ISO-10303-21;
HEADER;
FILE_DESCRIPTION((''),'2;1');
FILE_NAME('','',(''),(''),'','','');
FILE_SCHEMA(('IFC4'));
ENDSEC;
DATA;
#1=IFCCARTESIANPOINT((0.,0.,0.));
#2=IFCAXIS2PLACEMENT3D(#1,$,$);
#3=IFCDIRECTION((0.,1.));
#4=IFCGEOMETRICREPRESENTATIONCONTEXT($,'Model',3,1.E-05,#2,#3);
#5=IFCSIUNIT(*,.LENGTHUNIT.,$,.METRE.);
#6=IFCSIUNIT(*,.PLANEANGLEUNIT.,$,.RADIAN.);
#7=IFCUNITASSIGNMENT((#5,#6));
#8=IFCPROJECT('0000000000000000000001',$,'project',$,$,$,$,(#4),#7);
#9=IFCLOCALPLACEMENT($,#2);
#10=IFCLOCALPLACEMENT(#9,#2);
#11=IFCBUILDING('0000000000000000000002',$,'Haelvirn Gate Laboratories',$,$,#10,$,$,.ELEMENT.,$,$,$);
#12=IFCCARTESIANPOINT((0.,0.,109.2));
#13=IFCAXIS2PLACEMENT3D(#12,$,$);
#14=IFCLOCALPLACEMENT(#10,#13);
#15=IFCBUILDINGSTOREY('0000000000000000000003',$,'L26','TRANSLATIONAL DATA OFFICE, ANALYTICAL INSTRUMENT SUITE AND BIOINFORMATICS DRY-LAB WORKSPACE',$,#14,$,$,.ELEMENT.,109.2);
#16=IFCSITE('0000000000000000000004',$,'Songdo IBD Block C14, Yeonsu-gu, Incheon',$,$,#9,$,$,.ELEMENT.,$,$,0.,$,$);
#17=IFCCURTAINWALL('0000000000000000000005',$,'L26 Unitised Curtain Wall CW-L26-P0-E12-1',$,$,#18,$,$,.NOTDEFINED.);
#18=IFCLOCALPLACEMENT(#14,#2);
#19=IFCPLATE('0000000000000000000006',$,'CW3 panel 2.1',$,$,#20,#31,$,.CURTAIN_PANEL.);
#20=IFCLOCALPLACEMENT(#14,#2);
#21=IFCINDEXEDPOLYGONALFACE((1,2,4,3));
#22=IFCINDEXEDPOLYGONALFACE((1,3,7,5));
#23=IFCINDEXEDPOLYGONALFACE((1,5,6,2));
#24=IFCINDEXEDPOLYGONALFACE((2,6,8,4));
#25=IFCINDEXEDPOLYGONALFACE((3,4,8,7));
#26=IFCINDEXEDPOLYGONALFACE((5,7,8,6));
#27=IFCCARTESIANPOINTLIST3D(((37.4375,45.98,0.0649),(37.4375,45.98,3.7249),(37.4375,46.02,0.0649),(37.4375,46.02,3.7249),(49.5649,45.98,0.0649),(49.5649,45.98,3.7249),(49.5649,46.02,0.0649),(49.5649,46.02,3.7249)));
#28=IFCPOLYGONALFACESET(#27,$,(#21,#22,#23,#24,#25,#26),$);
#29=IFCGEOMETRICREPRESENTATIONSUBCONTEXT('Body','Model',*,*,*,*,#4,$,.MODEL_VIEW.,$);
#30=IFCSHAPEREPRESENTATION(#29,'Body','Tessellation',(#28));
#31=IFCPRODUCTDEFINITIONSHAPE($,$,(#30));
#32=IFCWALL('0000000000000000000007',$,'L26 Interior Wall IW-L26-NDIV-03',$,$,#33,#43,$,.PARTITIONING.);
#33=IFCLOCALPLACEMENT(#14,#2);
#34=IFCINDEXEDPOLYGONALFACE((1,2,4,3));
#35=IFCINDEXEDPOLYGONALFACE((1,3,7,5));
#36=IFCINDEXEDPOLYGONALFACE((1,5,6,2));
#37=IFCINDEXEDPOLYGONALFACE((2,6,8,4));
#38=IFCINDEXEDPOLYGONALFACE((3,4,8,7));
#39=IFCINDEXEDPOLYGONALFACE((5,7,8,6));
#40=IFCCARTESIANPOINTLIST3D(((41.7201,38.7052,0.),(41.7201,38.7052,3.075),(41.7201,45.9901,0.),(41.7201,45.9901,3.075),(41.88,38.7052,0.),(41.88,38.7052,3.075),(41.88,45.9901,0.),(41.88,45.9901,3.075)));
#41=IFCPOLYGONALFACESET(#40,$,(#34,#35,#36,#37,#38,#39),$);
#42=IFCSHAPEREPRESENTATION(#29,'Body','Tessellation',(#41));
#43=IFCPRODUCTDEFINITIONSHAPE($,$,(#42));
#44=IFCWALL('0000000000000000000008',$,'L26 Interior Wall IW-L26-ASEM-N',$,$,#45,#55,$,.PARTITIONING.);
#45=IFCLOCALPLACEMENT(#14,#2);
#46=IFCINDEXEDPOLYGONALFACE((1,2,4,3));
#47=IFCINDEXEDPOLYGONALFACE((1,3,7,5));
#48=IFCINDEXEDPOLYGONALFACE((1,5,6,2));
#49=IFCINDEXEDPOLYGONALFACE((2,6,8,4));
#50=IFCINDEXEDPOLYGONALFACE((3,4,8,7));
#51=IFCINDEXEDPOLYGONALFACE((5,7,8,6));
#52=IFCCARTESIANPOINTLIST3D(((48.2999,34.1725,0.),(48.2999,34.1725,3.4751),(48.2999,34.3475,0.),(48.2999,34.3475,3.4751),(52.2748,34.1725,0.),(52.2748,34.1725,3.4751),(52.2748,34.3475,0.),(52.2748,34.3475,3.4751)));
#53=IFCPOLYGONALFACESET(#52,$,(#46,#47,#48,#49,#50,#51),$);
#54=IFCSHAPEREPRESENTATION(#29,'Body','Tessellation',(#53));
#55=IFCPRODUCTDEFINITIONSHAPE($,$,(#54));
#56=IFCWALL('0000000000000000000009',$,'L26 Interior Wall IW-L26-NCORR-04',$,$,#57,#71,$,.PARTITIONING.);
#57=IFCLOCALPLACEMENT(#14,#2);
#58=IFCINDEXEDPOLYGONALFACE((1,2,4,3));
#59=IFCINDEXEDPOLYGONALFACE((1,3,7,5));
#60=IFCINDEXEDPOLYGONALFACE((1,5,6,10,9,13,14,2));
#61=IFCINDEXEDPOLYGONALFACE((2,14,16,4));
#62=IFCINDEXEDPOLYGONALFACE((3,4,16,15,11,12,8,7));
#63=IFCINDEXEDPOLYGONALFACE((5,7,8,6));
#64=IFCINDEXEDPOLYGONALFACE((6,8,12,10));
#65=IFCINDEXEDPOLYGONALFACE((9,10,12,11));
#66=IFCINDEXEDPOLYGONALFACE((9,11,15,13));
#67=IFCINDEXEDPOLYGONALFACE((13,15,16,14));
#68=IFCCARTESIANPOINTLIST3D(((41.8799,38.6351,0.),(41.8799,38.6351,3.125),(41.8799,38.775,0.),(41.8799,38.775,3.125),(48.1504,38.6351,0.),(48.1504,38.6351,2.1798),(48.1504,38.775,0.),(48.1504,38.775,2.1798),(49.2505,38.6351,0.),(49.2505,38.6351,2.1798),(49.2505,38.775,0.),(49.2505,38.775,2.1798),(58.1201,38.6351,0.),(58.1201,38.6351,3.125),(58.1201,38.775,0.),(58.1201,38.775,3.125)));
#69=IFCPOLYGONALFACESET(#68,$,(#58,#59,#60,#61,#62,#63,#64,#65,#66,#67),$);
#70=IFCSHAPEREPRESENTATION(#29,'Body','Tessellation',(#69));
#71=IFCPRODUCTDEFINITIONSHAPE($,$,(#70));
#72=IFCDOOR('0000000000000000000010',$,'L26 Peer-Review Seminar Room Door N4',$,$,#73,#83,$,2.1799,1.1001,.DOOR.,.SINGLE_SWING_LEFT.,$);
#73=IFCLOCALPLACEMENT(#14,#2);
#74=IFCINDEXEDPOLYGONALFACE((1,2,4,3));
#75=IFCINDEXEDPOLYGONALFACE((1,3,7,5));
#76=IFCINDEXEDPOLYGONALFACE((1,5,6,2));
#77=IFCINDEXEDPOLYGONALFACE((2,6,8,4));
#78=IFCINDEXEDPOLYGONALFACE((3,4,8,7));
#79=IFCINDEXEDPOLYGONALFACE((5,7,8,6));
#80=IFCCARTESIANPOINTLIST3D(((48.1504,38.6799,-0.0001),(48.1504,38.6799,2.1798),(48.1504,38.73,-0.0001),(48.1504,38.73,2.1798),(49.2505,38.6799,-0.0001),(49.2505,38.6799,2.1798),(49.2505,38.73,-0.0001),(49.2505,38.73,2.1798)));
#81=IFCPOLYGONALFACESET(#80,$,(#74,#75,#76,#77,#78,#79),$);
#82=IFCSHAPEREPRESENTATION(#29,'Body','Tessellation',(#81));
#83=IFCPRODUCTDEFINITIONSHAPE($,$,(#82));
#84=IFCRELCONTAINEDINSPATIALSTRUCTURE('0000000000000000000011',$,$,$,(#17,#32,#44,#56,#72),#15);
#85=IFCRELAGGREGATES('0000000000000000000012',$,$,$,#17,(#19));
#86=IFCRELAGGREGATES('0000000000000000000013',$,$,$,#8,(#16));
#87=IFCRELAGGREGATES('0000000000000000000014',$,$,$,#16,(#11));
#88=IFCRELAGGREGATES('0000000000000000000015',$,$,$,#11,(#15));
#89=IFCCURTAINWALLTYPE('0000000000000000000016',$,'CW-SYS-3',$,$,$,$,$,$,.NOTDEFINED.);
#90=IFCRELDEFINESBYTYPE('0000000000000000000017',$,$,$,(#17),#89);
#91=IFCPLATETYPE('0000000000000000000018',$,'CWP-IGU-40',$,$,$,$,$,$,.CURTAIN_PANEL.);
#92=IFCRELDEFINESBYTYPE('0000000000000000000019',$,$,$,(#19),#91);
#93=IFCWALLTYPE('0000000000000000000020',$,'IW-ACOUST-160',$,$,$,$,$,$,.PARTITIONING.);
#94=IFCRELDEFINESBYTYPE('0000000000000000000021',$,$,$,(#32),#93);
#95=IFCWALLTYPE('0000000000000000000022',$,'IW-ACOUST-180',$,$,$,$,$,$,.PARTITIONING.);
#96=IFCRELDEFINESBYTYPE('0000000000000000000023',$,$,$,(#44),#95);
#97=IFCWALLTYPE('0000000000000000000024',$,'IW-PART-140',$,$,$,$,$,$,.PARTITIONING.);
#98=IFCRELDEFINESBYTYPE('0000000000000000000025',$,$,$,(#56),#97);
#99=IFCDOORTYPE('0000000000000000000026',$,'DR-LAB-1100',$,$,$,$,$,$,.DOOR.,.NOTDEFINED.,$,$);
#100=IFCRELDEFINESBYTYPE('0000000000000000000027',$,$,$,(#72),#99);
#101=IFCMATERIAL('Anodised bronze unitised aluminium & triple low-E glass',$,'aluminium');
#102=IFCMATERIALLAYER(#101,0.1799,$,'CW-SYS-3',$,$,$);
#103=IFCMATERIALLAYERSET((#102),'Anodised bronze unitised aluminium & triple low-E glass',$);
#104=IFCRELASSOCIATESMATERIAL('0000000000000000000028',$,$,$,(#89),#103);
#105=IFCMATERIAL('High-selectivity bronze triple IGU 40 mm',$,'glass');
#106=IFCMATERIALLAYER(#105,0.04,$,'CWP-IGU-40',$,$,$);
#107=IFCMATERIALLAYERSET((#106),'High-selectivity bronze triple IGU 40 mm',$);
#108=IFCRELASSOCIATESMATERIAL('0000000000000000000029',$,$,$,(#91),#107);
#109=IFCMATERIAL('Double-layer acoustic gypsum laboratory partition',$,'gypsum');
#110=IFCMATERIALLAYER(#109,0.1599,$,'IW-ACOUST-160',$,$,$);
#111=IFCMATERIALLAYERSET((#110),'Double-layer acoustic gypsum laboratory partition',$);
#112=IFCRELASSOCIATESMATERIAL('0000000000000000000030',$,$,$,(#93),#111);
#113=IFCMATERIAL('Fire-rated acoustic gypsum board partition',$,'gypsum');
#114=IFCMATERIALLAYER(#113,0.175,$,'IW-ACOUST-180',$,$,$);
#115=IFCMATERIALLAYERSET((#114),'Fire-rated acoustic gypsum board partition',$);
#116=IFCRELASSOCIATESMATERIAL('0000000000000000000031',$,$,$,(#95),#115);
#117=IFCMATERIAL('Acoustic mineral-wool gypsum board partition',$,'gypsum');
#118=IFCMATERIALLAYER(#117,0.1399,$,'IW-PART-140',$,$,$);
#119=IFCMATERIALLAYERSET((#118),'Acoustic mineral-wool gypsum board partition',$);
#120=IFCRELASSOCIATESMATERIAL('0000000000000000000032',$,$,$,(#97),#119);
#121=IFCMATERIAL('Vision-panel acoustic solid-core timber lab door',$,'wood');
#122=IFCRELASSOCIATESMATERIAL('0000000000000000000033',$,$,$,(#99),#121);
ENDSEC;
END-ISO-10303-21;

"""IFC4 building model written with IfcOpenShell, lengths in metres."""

from ifc_helpers import new_model, si_unit, direction, frame, frame_2d, origin, origin_2d, place, context, subcontext, project, spatial, rectangle, extrude, source, transform, mapped, material, layer, layer_set, type_object, type_shapes, element, fill, aggregate, save


model = new_model("IFC4")

# Units and contexts
model_context = context("Model", 3, precision=1e-05, world=origin(), true_north=direction((0.0, 1.0)))
body_context = subcontext(model_context, "Body", "Model", "MODEL_VIEW")
ifc_project = project(units=[si_unit("LENGTHUNIT", "METRE"), si_unit("PLANEANGLEUNIT", "RADIAN")], contexts=[model_context])

# Site, building, storey
site_placement = place(None, origin())
site = spatial("IfcSite", under=ifc_project, at=site_placement, Name="Songdo IBD Block C14, Yeonsu-gu, Incheon", CompositionType="ELEMENT", RefElevation=0.0)
building_placement = place(site_placement, origin())
building = spatial("IfcBuilding", under=site, at=building_placement, Name="Haelvirn Gate Laboratories", CompositionType="ELEMENT")
storey_placement = place(building_placement, frame((0.0, 0.0, 109.2)))
storey = spatial("IfcBuildingStorey", under=building, at=storey_placement, Name="L26", Description="TRANSLATIONAL DATA OFFICE, ANALYTICAL INSTRUMENT SUITE AND BIOINFORMATICS DRY-LAB WORKSPACE", CompositionType="ELEMENT", Elevation=109.2)

# Curtain wall
ifc_material_1 = material(Name="Anodised bronze unitised aluminium & triple low-E glass", Category="aluminium")
ifc_layer_1 = layer(ifc_material_1, 0.1799, Name="CW-SYS-3")
ifc_layer_set_1 = layer_set([ifc_layer_1], Name="Anodised bronze unitised aluminium & triple low-E glass")
curtain_wall_type = type_object("IfcCurtainWallType", Name="CW-SYS-3", PredefinedType="NOTDEFINED", material=ifc_layer_set_1)
curtain_wall_1_placement = place(storey_placement, origin())
curtain_wall_1 = element("IfcCurtainWall", 1, at=curtain_wall_1_placement, inside=storey, type_object=curtain_wall_type, Name="L26 Unitised Curtain Wall CW-L26-P0-E12-1", PredefinedType="NOTDEFINED")

# Plate
ifc_material_2 = material(Name="High-selectivity bronze triple IGU 40 mm", Category="glass")
ifc_layer_2 = layer(ifc_material_2, 0.04, Name="CWP-IGU-40")
ifc_layer_set_2 = layer_set([ifc_layer_2], Name="High-selectivity bronze triple IGU 40 mm")
plate_type = type_object("IfcPlateType", Name="CWP-IGU-40", PredefinedType="CURTAIN_PANEL", material=ifc_layer_set_2)
shared_shape_1 = source(origin(), body_context, "Body", "SweptSolid", [
    extrude(rectangle(XDim=12.1274, YDim=0.04, at=origin_2d()), origin(), (0.0, 0.0, 1.0), 3.6599),
])
type_shapes(plate_type, [shared_shape_1])
plate_1_placement = place(storey_placement, frame((43.5012, 46.0, 0.0649), z_axis=(0.0, 0.0, 1.0), x_axis=(1.0, 0.0, 0.0)))
plate_1 = element("IfcPlate", 2, at=plate_1_placement, type_object=plate_type, Name="CW3 panel 2.1", PredefinedType="CURTAIN_PANEL", context=body_context, shape_type="MappedRepresentation", body=[
    mapped(shared_shape_1, transform((0.0, 0.0, 0.0), scale=1.0)),
])
aggregate(curtain_wall_1, [plate_1])

# Walls
ifc_material_3 = material(Name="Double-layer acoustic gypsum laboratory partition", Category="gypsum")
ifc_layer_3 = layer(ifc_material_3, 0.1599, Name="IW-ACOUST-160")
ifc_layer_set_3 = layer_set([ifc_layer_3], Name="Double-layer acoustic gypsum laboratory partition")
wall_type_1 = type_object("IfcWallType", Name="IW-ACOUST-160", PredefinedType="PARTITIONING", material=ifc_layer_set_3)
wall_1_placement = place(storey_placement, frame((41.8, 38.7051, 0.0), z_axis=(0.0, 0.0, 1.0), x_axis=(0.0, 1.0, 0.0)))
element("IfcWall", 3, at=wall_1_placement, inside=storey, type_object=wall_type_1, Name="L26 Interior Wall IW-L26-NDIV-03", PredefinedType="PARTITIONING", context=body_context, shape_type="SweptSolid", body=[
    extrude(rectangle(XDim=7.2849, YDim=0.1599, at=frame_2d((3.6426, 0.0))), origin(), (0.0, 0.0, 1.0), 3.075),
])
ifc_material_4 = material(Name="Fire-rated acoustic gypsum board partition", Category="gypsum")
ifc_layer_4 = layer(ifc_material_4, 0.175, Name="IW-ACOUST-180")
ifc_layer_set_4 = layer_set([ifc_layer_4], Name="Fire-rated acoustic gypsum board partition")
wall_type_2 = type_object("IfcWallType", Name="IW-ACOUST-180", PredefinedType="PARTITIONING", material=ifc_layer_set_4)
wall_2_placement = place(storey_placement, frame((48.3, 34.26, 0.0), z_axis=(0.0, 0.0, 1.0), x_axis=(1.0, 0.0, 0.0)))
element("IfcWall", 4, at=wall_2_placement, inside=storey, type_object=wall_type_2, Name="L26 Interior Wall IW-L26-ASEM-N", PredefinedType="PARTITIONING", context=body_context, shape_type="SweptSolid", body=[
    extrude(rectangle(XDim=3.9749, YDim=0.175, at=frame_2d((1.9873, 0.0))), origin(), (0.0, 0.0, 1.0), 3.4751),
])

# Wall, opening, door
ifc_material_5 = material(Name="Acoustic mineral-wool gypsum board partition", Category="gypsum")
ifc_layer_5 = layer(ifc_material_5, 0.1399, Name="IW-PART-140")
ifc_layer_set_5 = layer_set([ifc_layer_5], Name="Acoustic mineral-wool gypsum board partition")
wall_type_3 = type_object("IfcWallType", Name="IW-PART-140", PredefinedType="PARTITIONING", material=ifc_layer_set_5)
wall_3_placement = place(storey_placement, frame((41.8799, 38.7051, 0.0), z_axis=(0.0, 0.0, 1.0), x_axis=(1.0, 0.0, 0.0)))
wall_3 = element("IfcWall", 5, at=wall_3_placement, inside=storey, type_object=wall_type_3, Name="L26 Interior Wall IW-L26-NCORR-04", PredefinedType="PARTITIONING", context=body_context, shape_type="SweptSolid", body=[
    extrude(rectangle(XDim=16.2402, YDim=0.1399, at=frame_2d((8.1201, 0.0))), origin(), (0.0, 0.0, 1.0), 3.125),
])
opening_placement = place(wall_3_placement, frame((6.2705, 0.0, 0.0)))
opening = element("IfcOpeningElement", 6, at=opening_placement, cuts=wall_3, PredefinedType="OPENING", context=body_context, shape_type="SweptSolid", body=[
    extrude(rectangle(XDim=1.1001, YDim=2.1799, at=frame_2d((0.55, 1.0898))), frame((0.0, 0.0801, 0.0), z_axis=(0.0, -1.0, 0.0), x_axis=(1.0, 0.0, 0.0)), (0.0, 0.0, 1.0), 0.1599),
])
ifc_material_6 = material(Name="Vision-panel acoustic solid-core timber lab door", Category="wood")
door_type = type_object("IfcDoorType", Name="DR-LAB-1100", OperationType="NOTDEFINED", PredefinedType="DOOR", material=ifc_material_6)
shared_shape_2 = source(origin(), body_context, "Body", "SweptSolid", [
    extrude(rectangle(XDim=1.1001, YDim=2.1799, at=frame_2d((0.55, 1.0898))), frame((0.0, 0.0249, 0.0), z_axis=(0.0, -1.0, 0.0), x_axis=(1.0, 0.0, 0.0)), (0.0, 0.0, 1.0), 0.05),
])
type_shapes(door_type, [shared_shape_2])
door_placement = place(opening_placement, origin())
door = element("IfcDoor", 7, at=door_placement, inside=storey, type_object=door_type, Name="L26 Peer-Review Seminar Room Door N4", OperationType="SINGLE_SWING_LEFT", OverallHeight=2.1799, OverallWidth=1.1001, PredefinedType="DOOR", context=body_context, shape_type="MappedRepresentation", body=[
    mapped(shared_shape_2, transform((0.0, 0.0, 0.0), scale=1.0)),
])
fill(opening, door)

save(model, "model.ifc")
